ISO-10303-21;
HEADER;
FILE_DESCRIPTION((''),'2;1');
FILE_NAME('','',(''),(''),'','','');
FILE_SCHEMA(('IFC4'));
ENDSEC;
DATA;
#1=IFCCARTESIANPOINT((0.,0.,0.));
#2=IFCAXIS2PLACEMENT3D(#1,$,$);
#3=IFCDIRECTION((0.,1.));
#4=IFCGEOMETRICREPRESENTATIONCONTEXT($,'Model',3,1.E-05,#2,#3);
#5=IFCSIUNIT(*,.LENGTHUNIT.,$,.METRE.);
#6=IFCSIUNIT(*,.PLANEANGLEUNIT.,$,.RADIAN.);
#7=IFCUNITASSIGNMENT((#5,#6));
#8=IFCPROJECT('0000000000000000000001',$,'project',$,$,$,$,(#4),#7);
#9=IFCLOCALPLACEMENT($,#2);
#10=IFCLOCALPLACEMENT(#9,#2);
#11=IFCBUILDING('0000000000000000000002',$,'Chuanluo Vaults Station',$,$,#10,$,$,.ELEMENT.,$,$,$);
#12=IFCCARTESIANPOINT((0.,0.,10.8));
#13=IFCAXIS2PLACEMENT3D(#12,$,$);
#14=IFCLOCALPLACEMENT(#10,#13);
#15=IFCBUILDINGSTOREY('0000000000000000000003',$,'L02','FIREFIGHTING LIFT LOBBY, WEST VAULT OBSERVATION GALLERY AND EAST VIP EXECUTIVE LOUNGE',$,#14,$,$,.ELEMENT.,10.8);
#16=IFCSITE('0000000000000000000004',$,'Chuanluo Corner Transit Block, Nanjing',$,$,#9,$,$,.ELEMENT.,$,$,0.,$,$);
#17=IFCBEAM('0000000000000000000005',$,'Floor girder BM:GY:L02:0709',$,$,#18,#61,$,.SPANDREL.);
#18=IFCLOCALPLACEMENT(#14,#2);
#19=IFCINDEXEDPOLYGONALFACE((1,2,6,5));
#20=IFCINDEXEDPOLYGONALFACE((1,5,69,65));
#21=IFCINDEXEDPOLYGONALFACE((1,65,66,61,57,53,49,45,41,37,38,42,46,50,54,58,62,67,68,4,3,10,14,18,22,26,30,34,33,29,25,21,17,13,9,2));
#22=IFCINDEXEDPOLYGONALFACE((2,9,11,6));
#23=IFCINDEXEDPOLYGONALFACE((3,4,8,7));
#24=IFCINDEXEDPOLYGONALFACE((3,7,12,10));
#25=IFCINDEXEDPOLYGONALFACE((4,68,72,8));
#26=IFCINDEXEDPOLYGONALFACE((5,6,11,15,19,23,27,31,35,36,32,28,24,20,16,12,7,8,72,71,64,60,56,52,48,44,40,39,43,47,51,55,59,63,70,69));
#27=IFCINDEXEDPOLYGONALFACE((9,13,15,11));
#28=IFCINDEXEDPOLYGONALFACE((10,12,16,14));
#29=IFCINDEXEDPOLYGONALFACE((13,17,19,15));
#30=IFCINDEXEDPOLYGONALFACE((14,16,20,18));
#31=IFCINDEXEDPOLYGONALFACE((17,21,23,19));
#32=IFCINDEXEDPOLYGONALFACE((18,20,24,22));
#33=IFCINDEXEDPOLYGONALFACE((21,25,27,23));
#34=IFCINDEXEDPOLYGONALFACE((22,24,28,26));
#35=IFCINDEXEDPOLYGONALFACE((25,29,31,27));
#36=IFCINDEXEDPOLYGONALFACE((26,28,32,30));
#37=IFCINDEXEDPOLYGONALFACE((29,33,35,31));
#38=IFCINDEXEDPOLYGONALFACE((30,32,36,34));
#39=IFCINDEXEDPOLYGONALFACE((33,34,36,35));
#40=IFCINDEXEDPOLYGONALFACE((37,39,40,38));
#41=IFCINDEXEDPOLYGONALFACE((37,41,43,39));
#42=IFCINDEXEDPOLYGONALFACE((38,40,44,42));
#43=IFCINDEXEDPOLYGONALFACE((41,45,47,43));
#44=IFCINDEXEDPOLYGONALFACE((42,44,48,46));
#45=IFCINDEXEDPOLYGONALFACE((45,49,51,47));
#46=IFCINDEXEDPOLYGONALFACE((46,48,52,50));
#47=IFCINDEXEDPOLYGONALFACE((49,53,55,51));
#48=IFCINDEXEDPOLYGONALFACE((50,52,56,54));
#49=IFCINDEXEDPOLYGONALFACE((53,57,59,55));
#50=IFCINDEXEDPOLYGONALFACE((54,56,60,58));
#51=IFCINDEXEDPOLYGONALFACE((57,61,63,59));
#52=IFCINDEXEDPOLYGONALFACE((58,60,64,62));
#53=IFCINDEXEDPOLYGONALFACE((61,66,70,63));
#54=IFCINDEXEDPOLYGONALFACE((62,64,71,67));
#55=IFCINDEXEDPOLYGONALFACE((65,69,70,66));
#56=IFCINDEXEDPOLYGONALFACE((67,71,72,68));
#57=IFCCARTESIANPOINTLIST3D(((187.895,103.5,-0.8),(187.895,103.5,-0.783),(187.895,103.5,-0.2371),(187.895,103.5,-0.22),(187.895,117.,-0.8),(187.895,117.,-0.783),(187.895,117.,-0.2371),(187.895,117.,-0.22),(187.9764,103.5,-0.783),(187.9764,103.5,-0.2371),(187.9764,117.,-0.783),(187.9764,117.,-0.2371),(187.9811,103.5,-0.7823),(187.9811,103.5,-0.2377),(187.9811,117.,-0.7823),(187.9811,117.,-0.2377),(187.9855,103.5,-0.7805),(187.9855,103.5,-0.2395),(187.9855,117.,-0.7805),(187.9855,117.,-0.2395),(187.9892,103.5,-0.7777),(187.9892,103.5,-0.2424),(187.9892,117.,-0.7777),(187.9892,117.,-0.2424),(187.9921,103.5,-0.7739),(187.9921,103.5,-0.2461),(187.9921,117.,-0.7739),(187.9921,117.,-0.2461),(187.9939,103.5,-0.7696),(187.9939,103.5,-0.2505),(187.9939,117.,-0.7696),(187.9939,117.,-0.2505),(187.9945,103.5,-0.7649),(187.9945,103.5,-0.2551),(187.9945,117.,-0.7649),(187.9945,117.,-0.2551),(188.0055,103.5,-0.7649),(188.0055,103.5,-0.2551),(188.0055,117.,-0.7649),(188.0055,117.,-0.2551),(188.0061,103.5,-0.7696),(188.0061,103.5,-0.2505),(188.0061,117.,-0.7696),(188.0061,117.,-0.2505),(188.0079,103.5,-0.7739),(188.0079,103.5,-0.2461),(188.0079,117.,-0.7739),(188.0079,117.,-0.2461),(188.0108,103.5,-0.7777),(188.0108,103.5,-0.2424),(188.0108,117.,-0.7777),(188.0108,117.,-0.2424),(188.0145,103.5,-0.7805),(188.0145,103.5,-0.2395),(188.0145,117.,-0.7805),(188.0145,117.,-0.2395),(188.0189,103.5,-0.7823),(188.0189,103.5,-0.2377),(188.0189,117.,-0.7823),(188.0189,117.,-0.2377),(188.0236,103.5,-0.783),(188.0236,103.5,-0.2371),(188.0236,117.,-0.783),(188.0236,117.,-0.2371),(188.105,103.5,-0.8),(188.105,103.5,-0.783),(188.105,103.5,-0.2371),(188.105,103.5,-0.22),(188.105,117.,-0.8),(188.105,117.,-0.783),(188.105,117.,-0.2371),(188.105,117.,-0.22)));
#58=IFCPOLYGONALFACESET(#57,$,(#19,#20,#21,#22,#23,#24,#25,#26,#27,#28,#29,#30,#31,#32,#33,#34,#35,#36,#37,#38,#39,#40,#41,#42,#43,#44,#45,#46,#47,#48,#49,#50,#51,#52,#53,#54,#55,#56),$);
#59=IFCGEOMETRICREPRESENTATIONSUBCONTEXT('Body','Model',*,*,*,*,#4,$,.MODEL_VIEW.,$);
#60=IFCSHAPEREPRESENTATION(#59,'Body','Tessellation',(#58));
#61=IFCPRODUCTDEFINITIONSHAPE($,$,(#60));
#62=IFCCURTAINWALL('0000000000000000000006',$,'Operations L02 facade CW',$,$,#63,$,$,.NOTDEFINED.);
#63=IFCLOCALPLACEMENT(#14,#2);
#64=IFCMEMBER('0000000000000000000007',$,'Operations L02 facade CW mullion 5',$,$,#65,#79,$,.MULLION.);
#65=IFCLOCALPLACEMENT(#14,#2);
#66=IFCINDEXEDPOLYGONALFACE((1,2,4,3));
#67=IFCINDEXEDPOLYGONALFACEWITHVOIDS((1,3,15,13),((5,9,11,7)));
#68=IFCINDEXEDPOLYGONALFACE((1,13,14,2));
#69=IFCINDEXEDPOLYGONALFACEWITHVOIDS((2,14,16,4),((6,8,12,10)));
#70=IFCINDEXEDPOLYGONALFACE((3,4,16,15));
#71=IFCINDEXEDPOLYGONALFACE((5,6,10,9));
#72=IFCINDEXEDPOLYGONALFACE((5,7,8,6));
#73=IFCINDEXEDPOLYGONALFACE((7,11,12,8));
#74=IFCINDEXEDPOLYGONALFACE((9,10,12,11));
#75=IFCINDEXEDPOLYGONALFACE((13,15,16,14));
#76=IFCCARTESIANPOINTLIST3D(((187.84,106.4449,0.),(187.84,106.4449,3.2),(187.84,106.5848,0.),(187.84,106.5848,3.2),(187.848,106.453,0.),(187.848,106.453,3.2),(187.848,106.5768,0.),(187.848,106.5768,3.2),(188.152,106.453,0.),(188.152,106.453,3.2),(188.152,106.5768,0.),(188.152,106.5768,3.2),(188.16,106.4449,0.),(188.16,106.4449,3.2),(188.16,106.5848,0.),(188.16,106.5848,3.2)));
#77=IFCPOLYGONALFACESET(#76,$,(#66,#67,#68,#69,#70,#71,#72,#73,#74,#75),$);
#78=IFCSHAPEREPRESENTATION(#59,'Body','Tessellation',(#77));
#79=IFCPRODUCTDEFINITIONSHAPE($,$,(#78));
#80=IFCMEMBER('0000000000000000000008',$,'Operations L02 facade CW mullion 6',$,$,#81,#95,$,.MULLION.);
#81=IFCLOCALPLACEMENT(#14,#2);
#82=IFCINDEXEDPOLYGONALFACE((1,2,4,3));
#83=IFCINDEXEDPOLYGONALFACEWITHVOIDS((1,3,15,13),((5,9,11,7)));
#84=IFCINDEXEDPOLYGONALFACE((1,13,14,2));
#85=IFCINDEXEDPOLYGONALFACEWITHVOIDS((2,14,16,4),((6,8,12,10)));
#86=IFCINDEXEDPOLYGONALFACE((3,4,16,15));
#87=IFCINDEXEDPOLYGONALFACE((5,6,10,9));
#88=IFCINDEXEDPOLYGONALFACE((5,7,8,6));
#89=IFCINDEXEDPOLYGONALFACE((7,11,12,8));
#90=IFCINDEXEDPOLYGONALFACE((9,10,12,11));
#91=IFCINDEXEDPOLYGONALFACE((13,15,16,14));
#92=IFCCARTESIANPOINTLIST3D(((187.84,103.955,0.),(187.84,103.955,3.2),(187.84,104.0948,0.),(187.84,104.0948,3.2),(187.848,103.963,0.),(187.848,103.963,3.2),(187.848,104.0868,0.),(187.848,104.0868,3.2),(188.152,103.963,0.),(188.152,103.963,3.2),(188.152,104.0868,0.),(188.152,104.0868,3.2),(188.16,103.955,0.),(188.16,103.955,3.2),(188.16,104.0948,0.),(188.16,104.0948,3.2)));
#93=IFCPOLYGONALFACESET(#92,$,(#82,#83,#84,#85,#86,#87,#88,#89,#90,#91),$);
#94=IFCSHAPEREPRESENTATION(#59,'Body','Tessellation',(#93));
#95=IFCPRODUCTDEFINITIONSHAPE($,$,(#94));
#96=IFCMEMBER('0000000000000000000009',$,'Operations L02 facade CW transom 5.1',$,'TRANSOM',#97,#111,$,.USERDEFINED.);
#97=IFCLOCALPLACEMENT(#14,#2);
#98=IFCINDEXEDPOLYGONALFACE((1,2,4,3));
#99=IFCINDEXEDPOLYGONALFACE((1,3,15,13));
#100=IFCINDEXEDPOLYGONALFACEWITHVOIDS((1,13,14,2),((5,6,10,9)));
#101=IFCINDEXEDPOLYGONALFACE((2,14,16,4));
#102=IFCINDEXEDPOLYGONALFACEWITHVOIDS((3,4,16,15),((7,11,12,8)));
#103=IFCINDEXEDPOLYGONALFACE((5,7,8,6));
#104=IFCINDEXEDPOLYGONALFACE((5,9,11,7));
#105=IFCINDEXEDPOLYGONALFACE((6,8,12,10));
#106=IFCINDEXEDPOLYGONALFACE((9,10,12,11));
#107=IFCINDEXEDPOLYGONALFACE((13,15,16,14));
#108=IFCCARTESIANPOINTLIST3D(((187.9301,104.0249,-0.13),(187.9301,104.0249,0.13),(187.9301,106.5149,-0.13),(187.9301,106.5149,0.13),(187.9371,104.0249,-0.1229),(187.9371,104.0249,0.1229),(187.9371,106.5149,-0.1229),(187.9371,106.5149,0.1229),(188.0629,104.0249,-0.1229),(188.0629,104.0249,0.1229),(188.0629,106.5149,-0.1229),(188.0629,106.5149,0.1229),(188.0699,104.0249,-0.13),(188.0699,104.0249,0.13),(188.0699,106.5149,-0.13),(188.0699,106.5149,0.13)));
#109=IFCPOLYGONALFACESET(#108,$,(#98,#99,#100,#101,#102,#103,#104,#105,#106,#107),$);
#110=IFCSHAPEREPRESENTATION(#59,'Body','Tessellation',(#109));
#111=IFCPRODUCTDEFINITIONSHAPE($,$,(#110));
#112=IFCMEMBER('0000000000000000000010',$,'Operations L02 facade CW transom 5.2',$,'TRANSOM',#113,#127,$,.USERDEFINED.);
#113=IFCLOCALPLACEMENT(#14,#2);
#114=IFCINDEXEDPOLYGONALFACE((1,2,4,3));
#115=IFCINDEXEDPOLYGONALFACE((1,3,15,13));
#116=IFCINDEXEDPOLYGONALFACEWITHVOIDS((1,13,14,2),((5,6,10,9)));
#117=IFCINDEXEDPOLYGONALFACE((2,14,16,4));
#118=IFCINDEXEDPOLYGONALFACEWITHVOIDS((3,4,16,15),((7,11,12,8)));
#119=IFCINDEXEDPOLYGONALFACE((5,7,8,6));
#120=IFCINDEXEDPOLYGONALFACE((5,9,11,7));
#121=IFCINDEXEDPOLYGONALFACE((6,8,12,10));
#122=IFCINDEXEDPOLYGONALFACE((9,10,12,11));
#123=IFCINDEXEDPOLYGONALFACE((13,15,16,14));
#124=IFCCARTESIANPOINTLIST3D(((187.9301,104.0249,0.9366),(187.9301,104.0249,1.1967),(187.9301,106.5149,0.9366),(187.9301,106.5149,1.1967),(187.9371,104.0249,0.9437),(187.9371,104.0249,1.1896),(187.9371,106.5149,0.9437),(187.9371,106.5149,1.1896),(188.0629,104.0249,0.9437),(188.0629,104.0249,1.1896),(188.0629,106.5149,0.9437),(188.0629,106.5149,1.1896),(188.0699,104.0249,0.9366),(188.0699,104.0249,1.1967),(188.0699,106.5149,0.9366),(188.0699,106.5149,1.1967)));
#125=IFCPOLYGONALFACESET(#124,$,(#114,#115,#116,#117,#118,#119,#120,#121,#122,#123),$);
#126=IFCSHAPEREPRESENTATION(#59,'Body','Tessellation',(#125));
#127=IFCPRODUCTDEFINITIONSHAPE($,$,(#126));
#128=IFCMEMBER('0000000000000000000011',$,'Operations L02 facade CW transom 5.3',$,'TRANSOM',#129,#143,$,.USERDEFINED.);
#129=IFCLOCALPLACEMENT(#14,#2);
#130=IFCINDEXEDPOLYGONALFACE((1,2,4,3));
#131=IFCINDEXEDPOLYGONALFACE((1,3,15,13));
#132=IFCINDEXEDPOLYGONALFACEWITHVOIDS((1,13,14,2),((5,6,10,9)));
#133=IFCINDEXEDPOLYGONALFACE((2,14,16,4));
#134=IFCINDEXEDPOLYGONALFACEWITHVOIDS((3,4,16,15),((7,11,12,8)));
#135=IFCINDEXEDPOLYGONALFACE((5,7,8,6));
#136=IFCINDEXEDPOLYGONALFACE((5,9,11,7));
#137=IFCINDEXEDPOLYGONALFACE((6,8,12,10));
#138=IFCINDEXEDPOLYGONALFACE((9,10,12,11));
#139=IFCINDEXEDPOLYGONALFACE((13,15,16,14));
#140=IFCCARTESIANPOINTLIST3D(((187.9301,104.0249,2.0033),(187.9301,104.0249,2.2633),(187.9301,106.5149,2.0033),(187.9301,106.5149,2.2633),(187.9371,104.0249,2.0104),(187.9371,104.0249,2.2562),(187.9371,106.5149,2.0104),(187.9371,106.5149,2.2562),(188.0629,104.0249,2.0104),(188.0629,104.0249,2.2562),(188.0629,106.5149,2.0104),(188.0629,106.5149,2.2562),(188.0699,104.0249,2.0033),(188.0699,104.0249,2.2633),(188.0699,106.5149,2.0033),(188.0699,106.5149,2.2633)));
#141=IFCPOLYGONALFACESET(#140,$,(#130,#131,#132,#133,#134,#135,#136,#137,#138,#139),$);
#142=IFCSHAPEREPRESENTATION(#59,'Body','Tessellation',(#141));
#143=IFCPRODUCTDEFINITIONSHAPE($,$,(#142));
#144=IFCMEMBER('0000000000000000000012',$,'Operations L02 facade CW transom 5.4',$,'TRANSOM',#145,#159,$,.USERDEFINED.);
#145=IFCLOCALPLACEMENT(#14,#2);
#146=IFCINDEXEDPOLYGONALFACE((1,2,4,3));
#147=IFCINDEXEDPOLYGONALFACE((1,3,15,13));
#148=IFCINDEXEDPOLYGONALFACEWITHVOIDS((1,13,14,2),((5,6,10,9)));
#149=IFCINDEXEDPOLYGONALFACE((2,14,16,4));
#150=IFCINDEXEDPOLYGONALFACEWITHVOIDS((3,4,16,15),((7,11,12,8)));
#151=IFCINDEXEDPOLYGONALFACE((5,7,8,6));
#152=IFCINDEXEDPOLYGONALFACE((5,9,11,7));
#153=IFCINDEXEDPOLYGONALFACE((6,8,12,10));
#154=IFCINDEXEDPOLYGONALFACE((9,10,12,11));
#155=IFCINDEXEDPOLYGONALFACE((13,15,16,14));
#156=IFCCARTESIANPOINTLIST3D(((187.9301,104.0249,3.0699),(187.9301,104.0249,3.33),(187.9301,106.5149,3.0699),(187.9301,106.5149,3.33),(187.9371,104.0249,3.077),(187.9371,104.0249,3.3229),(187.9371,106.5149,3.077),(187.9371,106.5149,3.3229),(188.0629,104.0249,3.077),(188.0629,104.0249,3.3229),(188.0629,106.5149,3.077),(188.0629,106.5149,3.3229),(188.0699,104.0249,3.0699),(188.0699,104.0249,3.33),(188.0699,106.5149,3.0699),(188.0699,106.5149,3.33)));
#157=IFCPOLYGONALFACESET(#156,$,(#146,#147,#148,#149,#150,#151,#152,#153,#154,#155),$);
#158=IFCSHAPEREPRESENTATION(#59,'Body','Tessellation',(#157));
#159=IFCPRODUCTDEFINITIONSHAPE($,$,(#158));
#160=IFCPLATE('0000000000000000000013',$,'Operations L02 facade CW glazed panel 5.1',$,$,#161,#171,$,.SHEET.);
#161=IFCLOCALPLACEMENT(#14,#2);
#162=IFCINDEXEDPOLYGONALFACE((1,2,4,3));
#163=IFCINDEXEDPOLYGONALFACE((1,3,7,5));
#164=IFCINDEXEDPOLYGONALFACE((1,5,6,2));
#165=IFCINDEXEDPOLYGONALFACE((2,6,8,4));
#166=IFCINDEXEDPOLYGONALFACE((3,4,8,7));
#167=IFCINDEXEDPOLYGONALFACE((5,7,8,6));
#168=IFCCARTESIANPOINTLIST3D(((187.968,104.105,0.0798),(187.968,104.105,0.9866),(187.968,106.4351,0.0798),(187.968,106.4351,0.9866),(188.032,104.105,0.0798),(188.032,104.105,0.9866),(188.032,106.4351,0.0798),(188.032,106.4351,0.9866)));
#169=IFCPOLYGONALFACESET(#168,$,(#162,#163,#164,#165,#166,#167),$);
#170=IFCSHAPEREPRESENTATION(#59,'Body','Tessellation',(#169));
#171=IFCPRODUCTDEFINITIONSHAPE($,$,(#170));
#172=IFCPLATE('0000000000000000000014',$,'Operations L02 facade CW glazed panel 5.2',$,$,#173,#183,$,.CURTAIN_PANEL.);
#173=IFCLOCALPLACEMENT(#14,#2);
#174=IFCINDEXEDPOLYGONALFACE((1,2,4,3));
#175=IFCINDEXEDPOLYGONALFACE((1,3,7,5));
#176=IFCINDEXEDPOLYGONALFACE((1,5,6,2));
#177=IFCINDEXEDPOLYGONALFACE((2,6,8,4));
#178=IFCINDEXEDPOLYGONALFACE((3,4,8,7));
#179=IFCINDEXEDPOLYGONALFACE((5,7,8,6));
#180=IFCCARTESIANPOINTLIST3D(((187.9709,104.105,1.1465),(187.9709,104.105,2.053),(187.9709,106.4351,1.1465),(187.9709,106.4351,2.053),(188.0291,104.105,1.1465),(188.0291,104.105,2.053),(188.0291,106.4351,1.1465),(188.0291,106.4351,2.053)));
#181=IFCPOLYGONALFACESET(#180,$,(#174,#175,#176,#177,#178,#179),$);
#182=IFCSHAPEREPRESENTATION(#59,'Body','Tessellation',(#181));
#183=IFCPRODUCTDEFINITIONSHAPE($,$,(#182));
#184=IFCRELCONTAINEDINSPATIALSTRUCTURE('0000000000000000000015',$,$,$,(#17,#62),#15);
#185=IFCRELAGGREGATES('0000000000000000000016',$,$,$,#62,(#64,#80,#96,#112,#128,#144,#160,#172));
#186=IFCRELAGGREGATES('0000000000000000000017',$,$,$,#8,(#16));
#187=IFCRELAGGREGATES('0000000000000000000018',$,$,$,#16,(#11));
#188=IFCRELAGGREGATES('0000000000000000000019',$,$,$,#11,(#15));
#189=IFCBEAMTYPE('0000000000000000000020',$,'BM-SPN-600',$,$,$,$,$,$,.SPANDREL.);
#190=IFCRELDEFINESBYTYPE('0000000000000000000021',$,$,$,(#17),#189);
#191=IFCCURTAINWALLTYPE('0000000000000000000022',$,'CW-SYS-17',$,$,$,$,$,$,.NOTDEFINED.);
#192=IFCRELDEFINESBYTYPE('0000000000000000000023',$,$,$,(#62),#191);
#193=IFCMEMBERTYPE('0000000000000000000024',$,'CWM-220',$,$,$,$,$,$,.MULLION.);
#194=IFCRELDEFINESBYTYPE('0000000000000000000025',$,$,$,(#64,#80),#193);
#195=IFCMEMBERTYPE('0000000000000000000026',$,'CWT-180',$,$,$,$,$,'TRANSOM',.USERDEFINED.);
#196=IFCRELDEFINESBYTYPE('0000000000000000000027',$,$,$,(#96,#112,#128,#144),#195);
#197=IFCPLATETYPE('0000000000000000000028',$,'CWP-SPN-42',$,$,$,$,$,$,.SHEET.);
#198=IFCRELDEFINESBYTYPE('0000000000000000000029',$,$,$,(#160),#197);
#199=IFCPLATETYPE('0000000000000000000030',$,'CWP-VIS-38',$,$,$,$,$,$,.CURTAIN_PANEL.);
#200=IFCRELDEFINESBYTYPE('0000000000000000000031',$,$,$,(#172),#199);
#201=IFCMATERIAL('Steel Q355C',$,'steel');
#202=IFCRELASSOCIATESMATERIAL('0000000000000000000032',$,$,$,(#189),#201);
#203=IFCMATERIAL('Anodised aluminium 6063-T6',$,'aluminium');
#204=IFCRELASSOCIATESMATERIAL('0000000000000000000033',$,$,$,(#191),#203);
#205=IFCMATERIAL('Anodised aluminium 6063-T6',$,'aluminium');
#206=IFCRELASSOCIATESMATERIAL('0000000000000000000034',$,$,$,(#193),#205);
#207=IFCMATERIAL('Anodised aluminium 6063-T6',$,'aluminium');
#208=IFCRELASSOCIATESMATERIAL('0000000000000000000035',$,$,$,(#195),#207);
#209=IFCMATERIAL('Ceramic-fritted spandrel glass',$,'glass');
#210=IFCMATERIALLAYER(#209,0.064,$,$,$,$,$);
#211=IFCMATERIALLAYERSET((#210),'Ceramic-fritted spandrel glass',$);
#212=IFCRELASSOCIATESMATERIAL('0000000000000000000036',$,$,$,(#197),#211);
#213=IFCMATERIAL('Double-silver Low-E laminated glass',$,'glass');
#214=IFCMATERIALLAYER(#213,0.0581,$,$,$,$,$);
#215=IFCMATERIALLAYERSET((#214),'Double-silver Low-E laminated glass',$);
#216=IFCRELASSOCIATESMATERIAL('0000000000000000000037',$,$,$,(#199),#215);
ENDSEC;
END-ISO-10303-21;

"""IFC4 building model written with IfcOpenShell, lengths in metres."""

from ifc_helpers import new_model, si_unit, direction, frame, origin, origin_2d, place, context, subcontext, project, spatial, rectangle, hollow_rectangle, i_section, extrude, material, layer, layer_set, material_profile, profile_set, type_object, element, aggregate, save


model = new_model("IFC4")

# Units and contexts
model_context = context("Model", 3, precision=1e-05, world=origin(), true_north=direction((0.0, 1.0)))
body_context = subcontext(model_context, "Body", "Model", "MODEL_VIEW")
ifc_project = project(units=[si_unit("LENGTHUNIT", "METRE"), si_unit("PLANEANGLEUNIT", "RADIAN")], contexts=[model_context])

# Site, building, storey
site_placement = place(None, origin())
site = spatial("IfcSite", under=ifc_project, at=site_placement, Name="Chuanluo Corner Transit Block, Nanjing", CompositionType="ELEMENT", RefElevation=0.0)
building_placement = place(site_placement, origin())
building = spatial("IfcBuilding", under=site, at=building_placement, Name="Chuanluo Vaults Station", CompositionType="ELEMENT")
storey_placement = place(building_placement, frame((0.0, 0.0, 10.8)))
storey = spatial("IfcBuildingStorey", under=building, at=storey_placement, Name="L02", Description="FIREFIGHTING LIFT LOBBY, WEST VAULT OBSERVATION GALLERY AND EAST VIP EXECUTIVE LOUNGE", CompositionType="ELEMENT", Elevation=10.8)

# Beam
ifc_material_1 = material(Name="Steel Q355C", Category="steel")
ifc_material_profile_1 = material_profile(ifc_material_1, i_section(OverallWidth=0.21, OverallDepth=0.5801, WebThickness=0.011, FlangeThickness=0.0171, FilletRadius=0.0181, at=origin_2d()))
ifc_profile_set_1 = profile_set([ifc_material_profile_1], Name="Steel Q355C")
beam_type_1 = type_object("IfcBeamType", Name="BM-SPN-600", PredefinedType="SPANDREL", material=ifc_profile_set_1)
beam_1_placement = place(storey_placement, frame((188.0, 103.5, -0.51), z_axis=(0.0, 1.0, 0.0), x_axis=(-1.0, 0.0, 0.0)))
element("IfcBeam", 1, at=beam_1_placement, inside=storey, type_object=beam_type_1, Name="Floor girder BM:GY:L02:0709", PredefinedType="SPANDREL", context=body_context, shape_type="SweptSolid", body=[
    extrude(i_section(OverallWidth=0.21, OverallDepth=0.5801, WebThickness=0.011, FlangeThickness=0.0171, FilletRadius=0.0181, at=origin_2d()), origin(), (0.0, 0.0, 1.0), 13.5),
])

# Curtain wall, members, plates
ifc_material_2 = material(Name="Anodised aluminium 6063-T6", Category="aluminium")
curtain_wall_type = type_object("IfcCurtainWallType", Name="CW-SYS-17", PredefinedType="NOTDEFINED", material=ifc_material_2)
curtain_wall_placement = place(storey_placement, origin())
curtain_wall = element("IfcCurtainWall", 2, at=curtain_wall_placement, inside=storey, type_object=curtain_wall_type, Name="Operations L02 facade CW", PredefinedType="NOTDEFINED")
ifc_material_3 = material(Name="Anodised aluminium 6063-T6", Category="aluminium")
ifc_material_profile_2 = material_profile(ifc_material_3, hollow_rectangle(XDim=0.1399, YDim=0.3201, WallThickness=0.0081, at=origin_2d()))
ifc_profile_set_2 = profile_set([ifc_material_profile_2], Name="Anodised aluminium 6063-T6")
member_type_1 = type_object("IfcMemberType", Name="CWM-220", PredefinedType="MULLION", material=ifc_profile_set_2)
member_1_placement = place(storey_placement, frame((188.0, 106.5149, 0.0), z_axis=(0.0, 0.0, 1.0), x_axis=(0.0, -1.0, 0.0)))
member_1 = element("IfcMember", 3, at=member_1_placement, type_object=member_type_1, Name="Operations L02 facade CW mullion 5", PredefinedType="MULLION", context=body_context, shape_type="SweptSolid", body=[
    extrude(hollow_rectangle(XDim=0.1399, YDim=0.3201, WallThickness=0.0081, at=origin_2d()), origin(), (0.0, 0.0, 1.0), 3.2),
])
member_2_placement = place(storey_placement, frame((188.0, 104.0249, 0.0), z_axis=(0.0, 0.0, 1.0), x_axis=(0.0, -1.0, 0.0)))
member_2 = element("IfcMember", 4, at=member_2_placement, type_object=member_type_1, Name="Operations L02 facade CW mullion 6", PredefinedType="MULLION", context=body_context, shape_type="SweptSolid", body=[
    extrude(hollow_rectangle(XDim=0.1399, YDim=0.3201, WallThickness=0.0081, at=origin_2d()), origin(), (0.0, 0.0, 1.0), 3.2),
])
ifc_material_4 = material(Name="Anodised aluminium 6063-T6", Category="aluminium")
ifc_material_profile_3 = material_profile(ifc_material_4, hollow_rectangle(XDim=0.1399, YDim=0.26, WallThickness=0.0071, at=origin_2d()))
ifc_profile_set_3 = profile_set([ifc_material_profile_3], Name="Anodised aluminium 6063-T6")
member_type_2 = type_object("IfcMemberType", Name="CWT-180", ElementType="TRANSOM", PredefinedType="USERDEFINED", material=ifc_profile_set_3)
member_3_placement = place(storey_placement, frame((188.0, 106.5149, 0.0), z_axis=(0.0, -1.0, 0.0), x_axis=(1.0, 0.0, 0.0)))
member_3 = element("IfcMember", 5, at=member_3_placement, type_object=member_type_2, Name="Operations L02 facade CW transom 5.1", ObjectType="TRANSOM", PredefinedType="USERDEFINED", context=body_context, shape_type="SweptSolid", body=[
    extrude(hollow_rectangle(XDim=0.1399, YDim=0.26, WallThickness=0.0071, at=origin_2d()), origin(), (0.0, 0.0, 1.0), 2.49),
])
member_4_placement = place(storey_placement, frame((188.0, 106.5149, 1.0667), z_axis=(0.0, -1.0, 0.0), x_axis=(1.0, 0.0, 0.0)))
member_4 = element("IfcMember", 6, at=member_4_placement, type_object=member_type_2, Name="Operations L02 facade CW transom 5.2", ObjectType="TRANSOM", PredefinedType="USERDEFINED", context=body_context, shape_type="SweptSolid", body=[
    extrude(hollow_rectangle(XDim=0.1399, YDim=0.26, WallThickness=0.0071, at=origin_2d()), origin(), (0.0, 0.0, 1.0), 2.49),
])
member_5_placement = place(storey_placement, frame((188.0, 106.5149, 2.1333), z_axis=(0.0, -1.0, 0.0), x_axis=(1.0, 0.0, 0.0)))
member_5 = element("IfcMember", 7, at=member_5_placement, type_object=member_type_2, Name="Operations L02 facade CW transom 5.3", ObjectType="TRANSOM", PredefinedType="USERDEFINED", context=body_context, shape_type="SweptSolid", body=[
    extrude(hollow_rectangle(XDim=0.1399, YDim=0.26, WallThickness=0.0071, at=origin_2d()), origin(), (0.0, 0.0, 1.0), 2.49),
])
member_6_placement = place(storey_placement, frame((188.0, 106.5149, 3.2), z_axis=(0.0, -1.0, 0.0), x_axis=(1.0, 0.0, 0.0)))
member_6 = element("IfcMember", 8, at=member_6_placement, type_object=member_type_2, Name="Operations L02 facade CW transom 5.4", ObjectType="TRANSOM", PredefinedType="USERDEFINED", context=body_context, shape_type="SweptSolid", body=[
    extrude(hollow_rectangle(XDim=0.1399, YDim=0.26, WallThickness=0.0071, at=origin_2d()), origin(), (0.0, 0.0, 1.0), 2.49),
])
ifc_material_5 = material(Name="Ceramic-fritted spandrel glass", Category="glass")
ifc_layer_1 = layer(ifc_material_5, 0.064)
ifc_layer_set_1 = layer_set([ifc_layer_1], Name="Ceramic-fritted spandrel glass")
plate_type_1 = type_object("IfcPlateType", Name="CWP-SPN-42", PredefinedType="SHEET", material=ifc_layer_set_1)
plate_1_placement = place(storey_placement, frame((188.0, 105.27, 0.0798), z_axis=(0.0, 0.0, 1.0), x_axis=(0.0, -1.0, 0.0)))
plate_1 = element("IfcPlate", 9, at=plate_1_placement, type_object=plate_type_1, Name="Operations L02 facade CW glazed panel 5.1", PredefinedType="SHEET", context=body_context, shape_type="SweptSolid", body=[
    extrude(rectangle(XDim=2.3301, YDim=0.064, at=origin_2d()), origin(), (0.0, 0.0, 1.0), 0.9067),
])
ifc_material_6 = material(Name="Double-silver Low-E laminated glass", Category="glass")
ifc_layer_2 = layer(ifc_material_6, 0.0581)
ifc_layer_set_2 = layer_set([ifc_layer_2], Name="Double-silver Low-E laminated glass")
plate_type_2 = type_object("IfcPlateType", Name="CWP-VIS-38", PredefinedType="CURTAIN_PANEL", material=ifc_layer_set_2)
plate_2_placement = place(storey_placement, frame((188.0, 105.27, 1.1465), z_axis=(0.0, 0.0, 1.0), x_axis=(0.0, -1.0, 0.0)))
plate_2 = element("IfcPlate", 10, at=plate_2_placement, type_object=plate_type_2, Name="Operations L02 facade CW glazed panel 5.2", PredefinedType="CURTAIN_PANEL", context=body_context, shape_type="SweptSolid", body=[
    extrude(rectangle(XDim=2.3301, YDim=0.0581, at=origin_2d()), origin(), (0.0, 0.0, 1.0), 0.9065),
])
aggregate(curtain_wall, [member_1, member_2, member_3, member_4, member_5, member_6, plate_1, plate_2])

save(model, "model.ifc")
